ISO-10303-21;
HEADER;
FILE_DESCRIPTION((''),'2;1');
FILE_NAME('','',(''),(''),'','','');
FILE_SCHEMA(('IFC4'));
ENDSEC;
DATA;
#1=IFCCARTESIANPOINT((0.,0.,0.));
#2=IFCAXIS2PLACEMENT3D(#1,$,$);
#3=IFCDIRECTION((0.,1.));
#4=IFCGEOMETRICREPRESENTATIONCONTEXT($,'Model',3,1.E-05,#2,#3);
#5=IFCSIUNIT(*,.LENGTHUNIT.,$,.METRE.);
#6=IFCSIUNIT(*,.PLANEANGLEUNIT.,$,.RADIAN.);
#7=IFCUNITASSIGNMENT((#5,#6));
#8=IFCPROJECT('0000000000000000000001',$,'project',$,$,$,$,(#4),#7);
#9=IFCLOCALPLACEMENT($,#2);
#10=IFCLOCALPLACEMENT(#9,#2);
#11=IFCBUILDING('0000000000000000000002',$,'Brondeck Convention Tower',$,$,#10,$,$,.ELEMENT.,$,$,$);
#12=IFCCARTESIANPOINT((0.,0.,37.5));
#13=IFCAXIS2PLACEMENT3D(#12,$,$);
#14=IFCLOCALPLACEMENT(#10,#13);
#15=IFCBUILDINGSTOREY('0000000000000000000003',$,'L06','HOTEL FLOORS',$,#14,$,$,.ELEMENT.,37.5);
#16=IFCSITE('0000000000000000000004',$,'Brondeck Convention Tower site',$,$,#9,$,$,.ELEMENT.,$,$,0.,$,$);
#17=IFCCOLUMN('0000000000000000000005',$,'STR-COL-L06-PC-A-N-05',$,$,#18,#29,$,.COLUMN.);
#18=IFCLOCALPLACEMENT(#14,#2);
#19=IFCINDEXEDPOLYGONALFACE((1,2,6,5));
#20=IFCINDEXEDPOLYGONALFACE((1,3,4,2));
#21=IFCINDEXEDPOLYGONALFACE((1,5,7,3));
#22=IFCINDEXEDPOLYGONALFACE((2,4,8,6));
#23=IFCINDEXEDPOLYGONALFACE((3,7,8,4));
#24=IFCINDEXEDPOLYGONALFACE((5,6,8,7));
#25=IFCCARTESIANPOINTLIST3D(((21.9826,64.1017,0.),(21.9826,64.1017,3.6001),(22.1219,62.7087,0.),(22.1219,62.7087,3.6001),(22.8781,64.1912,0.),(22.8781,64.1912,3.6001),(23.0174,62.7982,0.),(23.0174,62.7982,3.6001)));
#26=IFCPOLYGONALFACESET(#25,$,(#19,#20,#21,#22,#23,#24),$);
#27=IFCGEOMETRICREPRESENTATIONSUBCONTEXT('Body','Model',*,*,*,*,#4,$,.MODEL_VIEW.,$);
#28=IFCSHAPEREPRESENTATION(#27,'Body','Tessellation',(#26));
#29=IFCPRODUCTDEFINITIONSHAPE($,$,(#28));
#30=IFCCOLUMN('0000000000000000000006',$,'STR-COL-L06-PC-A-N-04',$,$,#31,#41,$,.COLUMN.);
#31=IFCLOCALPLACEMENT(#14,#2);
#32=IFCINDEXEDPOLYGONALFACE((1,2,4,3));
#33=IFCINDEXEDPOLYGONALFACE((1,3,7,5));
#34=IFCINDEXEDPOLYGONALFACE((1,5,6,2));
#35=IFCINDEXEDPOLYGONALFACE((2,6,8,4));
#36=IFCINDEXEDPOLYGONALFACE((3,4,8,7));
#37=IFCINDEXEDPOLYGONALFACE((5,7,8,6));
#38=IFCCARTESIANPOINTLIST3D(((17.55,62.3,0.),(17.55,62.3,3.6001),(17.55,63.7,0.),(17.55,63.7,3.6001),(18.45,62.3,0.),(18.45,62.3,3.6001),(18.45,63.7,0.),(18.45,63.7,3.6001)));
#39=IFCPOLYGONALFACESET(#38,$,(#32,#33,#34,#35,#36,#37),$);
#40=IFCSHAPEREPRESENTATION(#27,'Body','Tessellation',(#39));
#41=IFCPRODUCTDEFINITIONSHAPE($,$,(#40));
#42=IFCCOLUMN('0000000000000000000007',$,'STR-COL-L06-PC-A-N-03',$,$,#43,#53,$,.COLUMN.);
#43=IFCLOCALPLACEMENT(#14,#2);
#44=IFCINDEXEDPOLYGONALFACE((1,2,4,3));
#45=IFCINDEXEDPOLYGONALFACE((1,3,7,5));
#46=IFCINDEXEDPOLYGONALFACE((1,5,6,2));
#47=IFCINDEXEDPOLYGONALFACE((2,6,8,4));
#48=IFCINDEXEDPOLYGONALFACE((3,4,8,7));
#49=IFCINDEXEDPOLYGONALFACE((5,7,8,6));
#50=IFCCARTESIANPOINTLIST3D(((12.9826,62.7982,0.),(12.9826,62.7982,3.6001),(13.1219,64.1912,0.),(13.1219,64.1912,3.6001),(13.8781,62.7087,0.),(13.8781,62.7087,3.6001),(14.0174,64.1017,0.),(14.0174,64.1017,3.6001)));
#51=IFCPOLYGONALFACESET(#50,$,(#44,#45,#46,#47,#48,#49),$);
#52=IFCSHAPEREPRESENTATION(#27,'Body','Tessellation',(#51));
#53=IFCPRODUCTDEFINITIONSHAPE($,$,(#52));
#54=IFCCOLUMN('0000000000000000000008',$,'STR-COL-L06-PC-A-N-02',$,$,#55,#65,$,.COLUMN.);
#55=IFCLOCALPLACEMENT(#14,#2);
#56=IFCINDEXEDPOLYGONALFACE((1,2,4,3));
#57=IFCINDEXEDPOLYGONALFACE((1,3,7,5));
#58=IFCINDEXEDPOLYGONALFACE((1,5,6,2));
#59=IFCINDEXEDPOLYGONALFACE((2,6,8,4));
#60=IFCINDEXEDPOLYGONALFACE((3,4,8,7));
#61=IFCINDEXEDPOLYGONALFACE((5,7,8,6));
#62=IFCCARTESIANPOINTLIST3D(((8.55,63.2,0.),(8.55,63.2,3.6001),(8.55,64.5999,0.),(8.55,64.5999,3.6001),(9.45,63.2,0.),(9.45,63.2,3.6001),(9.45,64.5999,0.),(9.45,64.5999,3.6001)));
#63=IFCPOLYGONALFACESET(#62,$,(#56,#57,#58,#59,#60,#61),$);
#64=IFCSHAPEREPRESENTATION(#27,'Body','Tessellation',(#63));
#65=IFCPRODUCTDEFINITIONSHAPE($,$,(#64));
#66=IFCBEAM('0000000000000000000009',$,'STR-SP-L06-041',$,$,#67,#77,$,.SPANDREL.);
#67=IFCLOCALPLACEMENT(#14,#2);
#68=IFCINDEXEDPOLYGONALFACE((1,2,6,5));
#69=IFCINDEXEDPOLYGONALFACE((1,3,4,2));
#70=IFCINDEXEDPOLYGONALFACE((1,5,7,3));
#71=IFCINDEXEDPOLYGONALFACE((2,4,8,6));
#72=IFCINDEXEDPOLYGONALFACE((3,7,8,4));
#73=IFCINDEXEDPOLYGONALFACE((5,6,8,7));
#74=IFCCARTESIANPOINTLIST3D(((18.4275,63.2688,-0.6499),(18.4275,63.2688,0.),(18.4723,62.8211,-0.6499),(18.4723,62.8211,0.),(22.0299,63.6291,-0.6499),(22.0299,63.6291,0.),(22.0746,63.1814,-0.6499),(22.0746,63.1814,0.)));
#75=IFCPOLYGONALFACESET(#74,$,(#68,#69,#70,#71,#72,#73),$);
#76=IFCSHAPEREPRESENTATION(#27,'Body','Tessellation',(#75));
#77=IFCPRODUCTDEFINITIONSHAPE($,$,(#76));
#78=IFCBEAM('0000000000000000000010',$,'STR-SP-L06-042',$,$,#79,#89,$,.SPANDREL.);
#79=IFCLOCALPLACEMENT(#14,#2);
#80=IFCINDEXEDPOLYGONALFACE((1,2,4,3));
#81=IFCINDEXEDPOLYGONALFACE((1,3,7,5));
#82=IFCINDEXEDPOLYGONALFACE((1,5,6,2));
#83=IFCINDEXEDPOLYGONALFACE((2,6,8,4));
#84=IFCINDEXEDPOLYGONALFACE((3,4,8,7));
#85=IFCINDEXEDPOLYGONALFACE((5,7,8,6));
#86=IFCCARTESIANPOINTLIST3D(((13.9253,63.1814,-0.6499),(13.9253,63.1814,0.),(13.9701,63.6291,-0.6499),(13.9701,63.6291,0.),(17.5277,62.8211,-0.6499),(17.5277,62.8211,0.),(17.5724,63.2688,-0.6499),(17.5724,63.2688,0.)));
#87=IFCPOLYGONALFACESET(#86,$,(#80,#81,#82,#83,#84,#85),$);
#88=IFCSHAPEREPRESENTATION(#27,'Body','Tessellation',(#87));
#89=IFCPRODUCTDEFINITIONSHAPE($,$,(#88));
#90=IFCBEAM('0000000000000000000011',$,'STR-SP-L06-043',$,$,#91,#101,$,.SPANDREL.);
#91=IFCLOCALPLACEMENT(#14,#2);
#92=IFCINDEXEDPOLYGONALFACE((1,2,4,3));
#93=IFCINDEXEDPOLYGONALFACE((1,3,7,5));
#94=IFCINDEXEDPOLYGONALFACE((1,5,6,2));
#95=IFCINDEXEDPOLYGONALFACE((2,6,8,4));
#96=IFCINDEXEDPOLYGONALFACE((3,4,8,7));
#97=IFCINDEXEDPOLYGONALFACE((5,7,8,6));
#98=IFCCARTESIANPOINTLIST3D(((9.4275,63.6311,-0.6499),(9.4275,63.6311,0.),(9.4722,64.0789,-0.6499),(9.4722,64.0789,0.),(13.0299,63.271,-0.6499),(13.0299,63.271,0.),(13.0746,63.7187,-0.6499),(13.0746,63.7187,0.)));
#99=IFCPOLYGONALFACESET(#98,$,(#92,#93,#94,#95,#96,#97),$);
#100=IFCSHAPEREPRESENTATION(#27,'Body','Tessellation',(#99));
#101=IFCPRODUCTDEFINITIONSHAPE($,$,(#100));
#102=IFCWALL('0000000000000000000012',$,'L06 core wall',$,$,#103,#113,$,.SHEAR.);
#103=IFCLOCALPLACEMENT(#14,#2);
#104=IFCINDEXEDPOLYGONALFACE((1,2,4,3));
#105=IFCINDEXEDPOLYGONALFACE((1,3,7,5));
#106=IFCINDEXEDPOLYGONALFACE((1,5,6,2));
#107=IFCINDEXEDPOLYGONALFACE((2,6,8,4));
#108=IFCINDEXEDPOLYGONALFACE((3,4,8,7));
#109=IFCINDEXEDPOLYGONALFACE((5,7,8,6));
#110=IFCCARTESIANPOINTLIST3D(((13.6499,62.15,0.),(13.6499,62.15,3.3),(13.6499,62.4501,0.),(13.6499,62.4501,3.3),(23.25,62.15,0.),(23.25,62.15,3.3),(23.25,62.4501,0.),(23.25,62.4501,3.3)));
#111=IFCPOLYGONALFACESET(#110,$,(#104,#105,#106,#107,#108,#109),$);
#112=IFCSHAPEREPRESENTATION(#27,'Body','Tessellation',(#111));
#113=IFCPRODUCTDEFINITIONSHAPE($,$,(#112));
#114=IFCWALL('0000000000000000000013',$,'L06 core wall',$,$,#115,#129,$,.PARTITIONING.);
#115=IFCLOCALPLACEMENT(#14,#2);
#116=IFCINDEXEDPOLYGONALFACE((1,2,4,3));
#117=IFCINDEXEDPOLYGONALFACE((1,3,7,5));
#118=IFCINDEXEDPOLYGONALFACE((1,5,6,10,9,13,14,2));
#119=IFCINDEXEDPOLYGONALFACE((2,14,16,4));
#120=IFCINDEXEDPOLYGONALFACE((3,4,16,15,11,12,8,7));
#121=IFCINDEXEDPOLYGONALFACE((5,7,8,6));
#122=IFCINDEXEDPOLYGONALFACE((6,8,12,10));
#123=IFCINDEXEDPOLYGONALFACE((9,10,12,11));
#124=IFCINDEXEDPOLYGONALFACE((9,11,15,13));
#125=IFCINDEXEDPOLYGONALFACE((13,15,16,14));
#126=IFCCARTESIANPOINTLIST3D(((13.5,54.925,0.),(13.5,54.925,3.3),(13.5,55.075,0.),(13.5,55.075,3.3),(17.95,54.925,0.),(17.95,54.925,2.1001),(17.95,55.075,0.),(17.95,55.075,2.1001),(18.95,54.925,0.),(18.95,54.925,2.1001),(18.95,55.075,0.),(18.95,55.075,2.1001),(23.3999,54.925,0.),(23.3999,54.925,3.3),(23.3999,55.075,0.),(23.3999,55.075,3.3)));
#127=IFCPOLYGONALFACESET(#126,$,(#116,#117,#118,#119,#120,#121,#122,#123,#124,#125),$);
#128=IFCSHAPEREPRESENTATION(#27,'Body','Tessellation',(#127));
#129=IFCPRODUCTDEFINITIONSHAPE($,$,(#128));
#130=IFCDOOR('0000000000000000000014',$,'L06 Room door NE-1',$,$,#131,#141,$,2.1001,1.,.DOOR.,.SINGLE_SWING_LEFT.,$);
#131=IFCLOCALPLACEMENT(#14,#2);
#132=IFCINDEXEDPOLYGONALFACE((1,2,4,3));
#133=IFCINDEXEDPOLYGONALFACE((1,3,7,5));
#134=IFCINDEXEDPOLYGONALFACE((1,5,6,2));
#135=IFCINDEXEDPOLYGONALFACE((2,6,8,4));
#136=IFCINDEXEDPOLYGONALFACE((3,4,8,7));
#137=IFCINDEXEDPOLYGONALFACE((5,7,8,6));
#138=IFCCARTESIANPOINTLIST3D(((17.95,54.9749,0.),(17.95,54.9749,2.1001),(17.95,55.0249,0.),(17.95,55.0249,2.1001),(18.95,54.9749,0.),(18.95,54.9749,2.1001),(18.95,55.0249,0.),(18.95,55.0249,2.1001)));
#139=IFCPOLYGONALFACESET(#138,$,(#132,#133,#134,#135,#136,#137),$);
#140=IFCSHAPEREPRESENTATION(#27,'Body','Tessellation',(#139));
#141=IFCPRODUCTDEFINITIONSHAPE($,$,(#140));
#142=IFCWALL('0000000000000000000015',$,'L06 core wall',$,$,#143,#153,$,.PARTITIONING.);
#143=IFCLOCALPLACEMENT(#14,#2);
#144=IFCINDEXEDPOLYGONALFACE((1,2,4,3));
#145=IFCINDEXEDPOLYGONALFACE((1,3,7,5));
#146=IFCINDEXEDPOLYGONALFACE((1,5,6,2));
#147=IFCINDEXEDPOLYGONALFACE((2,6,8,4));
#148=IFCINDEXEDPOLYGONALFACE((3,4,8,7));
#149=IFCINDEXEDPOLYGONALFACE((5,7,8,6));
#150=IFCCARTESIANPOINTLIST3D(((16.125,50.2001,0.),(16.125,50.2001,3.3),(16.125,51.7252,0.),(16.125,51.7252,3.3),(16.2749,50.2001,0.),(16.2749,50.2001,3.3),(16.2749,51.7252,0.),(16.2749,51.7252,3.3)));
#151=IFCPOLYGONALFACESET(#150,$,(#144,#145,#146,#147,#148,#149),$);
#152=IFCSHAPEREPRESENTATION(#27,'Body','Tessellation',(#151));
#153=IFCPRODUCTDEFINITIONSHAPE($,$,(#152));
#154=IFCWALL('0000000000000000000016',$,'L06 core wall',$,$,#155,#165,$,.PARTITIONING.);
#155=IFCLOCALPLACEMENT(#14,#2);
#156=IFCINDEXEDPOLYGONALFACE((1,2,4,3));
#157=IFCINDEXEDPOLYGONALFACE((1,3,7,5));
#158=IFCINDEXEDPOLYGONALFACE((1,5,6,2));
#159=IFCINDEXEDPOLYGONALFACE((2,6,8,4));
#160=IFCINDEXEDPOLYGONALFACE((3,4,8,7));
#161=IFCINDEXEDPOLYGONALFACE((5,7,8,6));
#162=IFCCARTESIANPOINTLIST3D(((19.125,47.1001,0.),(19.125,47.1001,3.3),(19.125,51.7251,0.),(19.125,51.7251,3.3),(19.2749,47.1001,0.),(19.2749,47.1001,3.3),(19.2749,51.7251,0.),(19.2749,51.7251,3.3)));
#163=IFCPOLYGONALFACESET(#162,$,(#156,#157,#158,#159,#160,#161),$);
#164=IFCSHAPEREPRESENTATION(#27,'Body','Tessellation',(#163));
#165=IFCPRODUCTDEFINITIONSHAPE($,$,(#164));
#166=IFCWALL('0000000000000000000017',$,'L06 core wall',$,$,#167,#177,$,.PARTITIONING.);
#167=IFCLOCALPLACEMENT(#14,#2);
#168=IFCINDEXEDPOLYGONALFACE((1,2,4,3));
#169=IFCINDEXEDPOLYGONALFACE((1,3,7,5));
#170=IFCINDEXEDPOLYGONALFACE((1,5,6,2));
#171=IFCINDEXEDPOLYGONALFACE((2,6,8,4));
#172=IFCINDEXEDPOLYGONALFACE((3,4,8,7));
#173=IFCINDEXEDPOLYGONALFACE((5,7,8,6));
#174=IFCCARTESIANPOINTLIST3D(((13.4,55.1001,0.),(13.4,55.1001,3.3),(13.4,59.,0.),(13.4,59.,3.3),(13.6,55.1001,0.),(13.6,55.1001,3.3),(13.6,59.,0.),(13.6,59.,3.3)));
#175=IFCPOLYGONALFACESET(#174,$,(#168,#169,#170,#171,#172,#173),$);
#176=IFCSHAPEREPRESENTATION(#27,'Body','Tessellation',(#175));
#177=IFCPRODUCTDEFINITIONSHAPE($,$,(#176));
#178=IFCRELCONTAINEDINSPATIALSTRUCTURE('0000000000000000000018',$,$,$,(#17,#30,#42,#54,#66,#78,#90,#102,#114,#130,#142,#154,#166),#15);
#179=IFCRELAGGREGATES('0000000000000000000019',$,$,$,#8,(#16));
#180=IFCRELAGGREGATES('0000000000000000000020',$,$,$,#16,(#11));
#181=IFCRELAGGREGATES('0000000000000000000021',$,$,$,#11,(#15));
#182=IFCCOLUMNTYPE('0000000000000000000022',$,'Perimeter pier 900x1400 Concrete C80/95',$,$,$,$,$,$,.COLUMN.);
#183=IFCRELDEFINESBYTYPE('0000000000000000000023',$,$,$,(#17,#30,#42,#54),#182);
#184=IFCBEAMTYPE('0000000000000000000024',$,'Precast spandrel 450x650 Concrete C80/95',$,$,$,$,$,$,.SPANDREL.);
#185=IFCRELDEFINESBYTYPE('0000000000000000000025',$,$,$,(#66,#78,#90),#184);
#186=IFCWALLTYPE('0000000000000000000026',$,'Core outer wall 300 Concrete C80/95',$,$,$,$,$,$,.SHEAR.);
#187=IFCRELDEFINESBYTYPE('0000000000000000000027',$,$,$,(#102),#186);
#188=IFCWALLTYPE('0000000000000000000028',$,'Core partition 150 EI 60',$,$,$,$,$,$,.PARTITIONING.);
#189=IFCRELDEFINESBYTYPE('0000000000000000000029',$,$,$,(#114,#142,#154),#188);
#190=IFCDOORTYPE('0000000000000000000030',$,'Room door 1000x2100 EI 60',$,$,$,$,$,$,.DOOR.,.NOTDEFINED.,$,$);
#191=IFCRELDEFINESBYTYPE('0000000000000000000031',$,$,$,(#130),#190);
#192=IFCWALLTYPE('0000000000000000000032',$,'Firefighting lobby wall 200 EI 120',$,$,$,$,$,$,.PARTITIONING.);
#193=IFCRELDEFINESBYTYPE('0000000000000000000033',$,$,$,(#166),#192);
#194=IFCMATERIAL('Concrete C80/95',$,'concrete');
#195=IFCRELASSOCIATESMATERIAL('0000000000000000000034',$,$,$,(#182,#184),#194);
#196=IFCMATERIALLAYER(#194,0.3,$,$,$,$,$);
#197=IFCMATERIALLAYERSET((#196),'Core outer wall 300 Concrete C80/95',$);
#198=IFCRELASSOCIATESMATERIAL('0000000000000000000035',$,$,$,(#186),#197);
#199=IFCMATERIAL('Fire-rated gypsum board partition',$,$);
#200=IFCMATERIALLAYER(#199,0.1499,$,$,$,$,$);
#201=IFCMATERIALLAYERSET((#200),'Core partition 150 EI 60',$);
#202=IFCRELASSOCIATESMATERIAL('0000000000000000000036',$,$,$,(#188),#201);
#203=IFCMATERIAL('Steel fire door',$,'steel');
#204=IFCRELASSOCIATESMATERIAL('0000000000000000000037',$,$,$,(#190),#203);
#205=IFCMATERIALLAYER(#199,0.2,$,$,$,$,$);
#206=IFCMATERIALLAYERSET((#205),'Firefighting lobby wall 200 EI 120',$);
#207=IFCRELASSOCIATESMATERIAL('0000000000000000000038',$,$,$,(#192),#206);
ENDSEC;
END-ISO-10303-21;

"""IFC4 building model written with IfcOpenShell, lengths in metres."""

from ifc_helpers import new_model, si_unit, direction, frame, frame_2d, origin, origin_2d, place, context, subcontext, project, spatial, rectangle, extrude, material, layer, layer_set, material_profile, profile_set, type_object, element, fill, save


model = new_model("IFC4")

# Units and contexts
model_context = context("Model", 3, precision=1e-05, world=origin(), true_north=direction((0.0, 1.0)))
body_context = subcontext(model_context, "Body", "Model", "MODEL_VIEW")
ifc_project = project(units=[si_unit("LENGTHUNIT", "METRE"), si_unit("PLANEANGLEUNIT", "RADIAN")], contexts=[model_context])

# Site, building, storey
site_placement = place(None, origin())
site = spatial("IfcSite", under=ifc_project, at=site_placement, Name="Brondeck Convention Tower site", CompositionType="ELEMENT", RefElevation=0.0)
building_placement = place(site_placement, origin())
building = spatial("IfcBuilding", under=site, at=building_placement, Name="Brondeck Convention Tower", CompositionType="ELEMENT")
storey_placement = place(building_placement, frame((0.0, 0.0, 37.5)))
storey = spatial("IfcBuildingStorey", under=building, at=storey_placement, Name="L06", Description="HOTEL FLOORS", CompositionType="ELEMENT", Elevation=37.5)

# Columns
ifc_material_1 = material(Name="Concrete C80/95", Category="concrete")
ifc_material_profile_1 = material_profile(ifc_material_1, rectangle(XDim=0.8999, YDim=1.3999, at=origin_2d()), Name="Perimeter pier 900x1400 Concrete C80/95")
ifc_profile_set_1 = profile_set([ifc_material_profile_1], Name="Concrete C80/95")
column_type = type_object("IfcColumnType", Name="Perimeter pier 900x1400 Concrete C80/95", PredefinedType="COLUMN", material=ifc_profile_set_1)
for number, where, z_axis, x_axis, name in (
    (1, (22.5, 63.45, 0.0), (0.0, 0.0, 1.0), (-0.995037, -0.099504, 0.0), "STR-COL-L06-PC-A-N-05"),
    (2, (18.0, 63.0, 0.0), (0.0, 0.0, 1.0), (-1.0, 0.0, 0.0), "STR-COL-L06-PC-A-N-04"),
    (3, (13.5, 63.45, 0.0), (0.0, 0.0, 1.0), (-0.995037, 0.099504, 0.0), "STR-COL-L06-PC-A-N-03"),
    (4, (9.0, 63.8999, 0.0), (0.0, 0.0, 1.0), (-1.0, 0.0, 0.0), "STR-COL-L06-PC-A-N-02"),
):
    element("IfcColumn", number, at=place(storey_placement, frame(where, z_axis=z_axis, x_axis=x_axis)), inside=storey, type_object=column_type, Name=name, PredefinedType="COLUMN", context=body_context, shape_type="SweptSolid", body=[
        extrude(rectangle(XDim=0.8999, YDim=1.3999, at=origin_2d()), origin(), (0.0, 0.0, 1.0), 3.6001),
    ])

# Beams
ifc_material_profile_2 = material_profile(ifc_material_1, rectangle(XDim=0.45, YDim=0.6499, at=origin_2d()), Name="Precast spandrel 450x650 Concrete C80/95")
ifc_profile_set_2 = profile_set([ifc_material_profile_2], Name="Concrete C80/95")
beam_type = type_object("IfcBeamType", Name="Precast spandrel 450x650 Concrete C80/95", PredefinedType="SPANDREL", material=ifc_profile_set_2)
for number, where, z_axis, x_axis, name in (
    (5, (22.0522, 63.4053, -0.325), (-0.995034, -0.099537, 0.0), (0.099537, -0.995034, 0.0), "STR-SP-L06-041"),
    (6, (17.55, 63.0449, -0.325), (-0.995034, 0.099537, 0.0), (-0.099537, -0.995034, 0.0), "STR-SP-L06-042"),
    (7, (13.0522, 63.4949, -0.325), (-0.995041, 0.09947, 0.0), (-0.09947, -0.995041, 0.0), "STR-SP-L06-043"),
):
    element("IfcBeam", number, at=place(storey_placement, frame(where, z_axis=z_axis, x_axis=x_axis)), inside=storey, type_object=beam_type, Name=name, PredefinedType="SPANDREL", context=body_context, shape_type="SweptSolid", body=[
        extrude(rectangle(XDim=0.45, YDim=0.6499, at=origin_2d()), origin(), (0.0, 0.0, 1.0), 3.6204),
    ])

# Wall
ifc_layer_1 = layer(ifc_material_1, 0.3)
ifc_layer_set_1 = layer_set([ifc_layer_1], Name="Core outer wall 300 Concrete C80/95")
wall_type_1 = type_object("IfcWallType", Name="Core outer wall 300 Concrete C80/95", PredefinedType="SHEAR", material=ifc_layer_set_1)
wall_1_placement = place(storey_placement, frame((13.6499, 62.3, 0.0), z_axis=(0.0, 0.0, 1.0), x_axis=(1.0, 0.0, 0.0)))
element("IfcWall", 8, at=wall_1_placement, inside=storey, type_object=wall_type_1, Name="L06 core wall", PredefinedType="SHEAR", context=body_context, shape_type="SweptSolid", body=[
    extrude(rectangle(XDim=9.6001, YDim=0.3, at=frame_2d((4.8, 0.0))), origin(), (0.0, 0.0, 1.0), 3.3),
])

# Wall, opening, door
ifc_material_2 = material(Name="Fire-rated gypsum board partition")
ifc_layer_2 = layer(ifc_material_2, 0.1499)
ifc_layer_set_2 = layer_set([ifc_layer_2], Name="Core partition 150 EI 60")
wall_type_2 = type_object("IfcWallType", Name="Core partition 150 EI 60", PredefinedType="PARTITIONING", material=ifc_layer_set_2)
wall_2_placement = place(storey_placement, frame((13.5, 55.0, 0.0), z_axis=(0.0, 0.0, 1.0), x_axis=(1.0, 0.0, 0.0)))
wall_2 = element("IfcWall", 9, at=wall_2_placement, inside=storey, type_object=wall_type_2, Name="L06 core wall", PredefinedType="PARTITIONING", context=body_context, shape_type="SweptSolid", body=[
    extrude(rectangle(XDim=9.8999, YDim=0.1499, at=frame_2d((4.95, 0.0))), origin(), (0.0, 0.0, 1.0), 3.3),
])
opening_1_placement = place(wall_2_placement, frame((4.45, 0.0, 0.0)))
opening_1 = element("IfcOpeningElement", 10, at=opening_1_placement, cuts=wall_2, PredefinedType="OPENING", context=body_context, shape_type="SweptSolid", body=[
    extrude(rectangle(XDim=1.0, YDim=2.1001, at=frame_2d((0.5, 1.05))), frame((0.0, 0.085, 0.0), z_axis=(0.0, -1.0, 0.0), x_axis=(1.0, 0.0, 0.0)), (0.0, 0.0, 1.0), 0.1699),
])
ifc_material_3 = material(Name="Steel fire door", Category="steel")
door_type_1 = type_object("IfcDoorType", Name="Room door 1000x2100 EI 60", OperationType="NOTDEFINED", PredefinedType="DOOR", material=ifc_material_3)
door_1_placement = place(opening_1_placement, origin())
door_1 = element("IfcDoor", 11, at=door_1_placement, inside=storey, type_object=door_type_1, Name="L06 Room door NE-1", OperationType="SINGLE_SWING_LEFT", OverallHeight=2.1001, OverallWidth=1.0, PredefinedType="DOOR", context=body_context, shape_type="SweptSolid", body=[
    extrude(rectangle(XDim=1.0, YDim=2.1001, at=frame_2d((0.5, 1.05))), frame((0.0, 0.0249, 0.0), z_axis=(0.0, -1.0, 0.0), x_axis=(1.0, 0.0, 0.0)), (0.0, 0.0, 1.0), 0.05),
])
fill(opening_1, door_1)

# Walls
wall_3_placement = place(storey_placement, frame((16.2, 50.2, 0.0), z_axis=(0.0, 0.0, 1.0), x_axis=(0.0, 1.0, 0.0)))
element("IfcWall", 12, at=wall_3_placement, inside=storey, type_object=wall_type_2, Name="L06 core wall", PredefinedType="PARTITIONING", context=body_context, shape_type="SweptSolid", body=[
    extrude(rectangle(XDim=1.5251, YDim=0.1499, at=frame_2d((0.7627, 0.0))), origin(), (0.0, 0.0, 1.0), 3.3),
])
wall_4_placement = place(storey_placement, frame((19.2, 47.1001, 0.0), z_axis=(0.0, 0.0, 1.0), x_axis=(0.0, 1.0, 0.0)))
element("IfcWall", 13, at=wall_4_placement, inside=storey, type_object=wall_type_2, Name="L06 core wall", PredefinedType="PARTITIONING", context=body_context, shape_type="SweptSolid", body=[
    extrude(rectangle(XDim=4.625, YDim=0.1499, at=frame_2d((2.3125, 0.0))), origin(), (0.0, 0.0, 1.0), 3.3),
])
ifc_layer_3 = layer(ifc_material_2, 0.2)
ifc_layer_set_3 = layer_set([ifc_layer_3], Name="Firefighting lobby wall 200 EI 120")
wall_type_3 = type_object("IfcWallType", Name="Firefighting lobby wall 200 EI 120", PredefinedType="PARTITIONING", material=ifc_layer_set_3)
wall_5_placement = place(storey_placement, frame((13.5, 55.1001, 0.0), z_axis=(0.0, 0.0, 1.0), x_axis=(0.0, 1.0, 0.0)))
element("IfcWall", 14, at=wall_5_placement, inside=storey, type_object=wall_type_3, Name="L06 core wall", PredefinedType="PARTITIONING", context=body_context, shape_type="SweptSolid", body=[
    extrude(rectangle(XDim=3.8999, YDim=0.2, at=frame_2d((1.95, 0.0))), origin(), (0.0, 0.0, 1.0), 3.3),
])

save(model, "model.ifc")
